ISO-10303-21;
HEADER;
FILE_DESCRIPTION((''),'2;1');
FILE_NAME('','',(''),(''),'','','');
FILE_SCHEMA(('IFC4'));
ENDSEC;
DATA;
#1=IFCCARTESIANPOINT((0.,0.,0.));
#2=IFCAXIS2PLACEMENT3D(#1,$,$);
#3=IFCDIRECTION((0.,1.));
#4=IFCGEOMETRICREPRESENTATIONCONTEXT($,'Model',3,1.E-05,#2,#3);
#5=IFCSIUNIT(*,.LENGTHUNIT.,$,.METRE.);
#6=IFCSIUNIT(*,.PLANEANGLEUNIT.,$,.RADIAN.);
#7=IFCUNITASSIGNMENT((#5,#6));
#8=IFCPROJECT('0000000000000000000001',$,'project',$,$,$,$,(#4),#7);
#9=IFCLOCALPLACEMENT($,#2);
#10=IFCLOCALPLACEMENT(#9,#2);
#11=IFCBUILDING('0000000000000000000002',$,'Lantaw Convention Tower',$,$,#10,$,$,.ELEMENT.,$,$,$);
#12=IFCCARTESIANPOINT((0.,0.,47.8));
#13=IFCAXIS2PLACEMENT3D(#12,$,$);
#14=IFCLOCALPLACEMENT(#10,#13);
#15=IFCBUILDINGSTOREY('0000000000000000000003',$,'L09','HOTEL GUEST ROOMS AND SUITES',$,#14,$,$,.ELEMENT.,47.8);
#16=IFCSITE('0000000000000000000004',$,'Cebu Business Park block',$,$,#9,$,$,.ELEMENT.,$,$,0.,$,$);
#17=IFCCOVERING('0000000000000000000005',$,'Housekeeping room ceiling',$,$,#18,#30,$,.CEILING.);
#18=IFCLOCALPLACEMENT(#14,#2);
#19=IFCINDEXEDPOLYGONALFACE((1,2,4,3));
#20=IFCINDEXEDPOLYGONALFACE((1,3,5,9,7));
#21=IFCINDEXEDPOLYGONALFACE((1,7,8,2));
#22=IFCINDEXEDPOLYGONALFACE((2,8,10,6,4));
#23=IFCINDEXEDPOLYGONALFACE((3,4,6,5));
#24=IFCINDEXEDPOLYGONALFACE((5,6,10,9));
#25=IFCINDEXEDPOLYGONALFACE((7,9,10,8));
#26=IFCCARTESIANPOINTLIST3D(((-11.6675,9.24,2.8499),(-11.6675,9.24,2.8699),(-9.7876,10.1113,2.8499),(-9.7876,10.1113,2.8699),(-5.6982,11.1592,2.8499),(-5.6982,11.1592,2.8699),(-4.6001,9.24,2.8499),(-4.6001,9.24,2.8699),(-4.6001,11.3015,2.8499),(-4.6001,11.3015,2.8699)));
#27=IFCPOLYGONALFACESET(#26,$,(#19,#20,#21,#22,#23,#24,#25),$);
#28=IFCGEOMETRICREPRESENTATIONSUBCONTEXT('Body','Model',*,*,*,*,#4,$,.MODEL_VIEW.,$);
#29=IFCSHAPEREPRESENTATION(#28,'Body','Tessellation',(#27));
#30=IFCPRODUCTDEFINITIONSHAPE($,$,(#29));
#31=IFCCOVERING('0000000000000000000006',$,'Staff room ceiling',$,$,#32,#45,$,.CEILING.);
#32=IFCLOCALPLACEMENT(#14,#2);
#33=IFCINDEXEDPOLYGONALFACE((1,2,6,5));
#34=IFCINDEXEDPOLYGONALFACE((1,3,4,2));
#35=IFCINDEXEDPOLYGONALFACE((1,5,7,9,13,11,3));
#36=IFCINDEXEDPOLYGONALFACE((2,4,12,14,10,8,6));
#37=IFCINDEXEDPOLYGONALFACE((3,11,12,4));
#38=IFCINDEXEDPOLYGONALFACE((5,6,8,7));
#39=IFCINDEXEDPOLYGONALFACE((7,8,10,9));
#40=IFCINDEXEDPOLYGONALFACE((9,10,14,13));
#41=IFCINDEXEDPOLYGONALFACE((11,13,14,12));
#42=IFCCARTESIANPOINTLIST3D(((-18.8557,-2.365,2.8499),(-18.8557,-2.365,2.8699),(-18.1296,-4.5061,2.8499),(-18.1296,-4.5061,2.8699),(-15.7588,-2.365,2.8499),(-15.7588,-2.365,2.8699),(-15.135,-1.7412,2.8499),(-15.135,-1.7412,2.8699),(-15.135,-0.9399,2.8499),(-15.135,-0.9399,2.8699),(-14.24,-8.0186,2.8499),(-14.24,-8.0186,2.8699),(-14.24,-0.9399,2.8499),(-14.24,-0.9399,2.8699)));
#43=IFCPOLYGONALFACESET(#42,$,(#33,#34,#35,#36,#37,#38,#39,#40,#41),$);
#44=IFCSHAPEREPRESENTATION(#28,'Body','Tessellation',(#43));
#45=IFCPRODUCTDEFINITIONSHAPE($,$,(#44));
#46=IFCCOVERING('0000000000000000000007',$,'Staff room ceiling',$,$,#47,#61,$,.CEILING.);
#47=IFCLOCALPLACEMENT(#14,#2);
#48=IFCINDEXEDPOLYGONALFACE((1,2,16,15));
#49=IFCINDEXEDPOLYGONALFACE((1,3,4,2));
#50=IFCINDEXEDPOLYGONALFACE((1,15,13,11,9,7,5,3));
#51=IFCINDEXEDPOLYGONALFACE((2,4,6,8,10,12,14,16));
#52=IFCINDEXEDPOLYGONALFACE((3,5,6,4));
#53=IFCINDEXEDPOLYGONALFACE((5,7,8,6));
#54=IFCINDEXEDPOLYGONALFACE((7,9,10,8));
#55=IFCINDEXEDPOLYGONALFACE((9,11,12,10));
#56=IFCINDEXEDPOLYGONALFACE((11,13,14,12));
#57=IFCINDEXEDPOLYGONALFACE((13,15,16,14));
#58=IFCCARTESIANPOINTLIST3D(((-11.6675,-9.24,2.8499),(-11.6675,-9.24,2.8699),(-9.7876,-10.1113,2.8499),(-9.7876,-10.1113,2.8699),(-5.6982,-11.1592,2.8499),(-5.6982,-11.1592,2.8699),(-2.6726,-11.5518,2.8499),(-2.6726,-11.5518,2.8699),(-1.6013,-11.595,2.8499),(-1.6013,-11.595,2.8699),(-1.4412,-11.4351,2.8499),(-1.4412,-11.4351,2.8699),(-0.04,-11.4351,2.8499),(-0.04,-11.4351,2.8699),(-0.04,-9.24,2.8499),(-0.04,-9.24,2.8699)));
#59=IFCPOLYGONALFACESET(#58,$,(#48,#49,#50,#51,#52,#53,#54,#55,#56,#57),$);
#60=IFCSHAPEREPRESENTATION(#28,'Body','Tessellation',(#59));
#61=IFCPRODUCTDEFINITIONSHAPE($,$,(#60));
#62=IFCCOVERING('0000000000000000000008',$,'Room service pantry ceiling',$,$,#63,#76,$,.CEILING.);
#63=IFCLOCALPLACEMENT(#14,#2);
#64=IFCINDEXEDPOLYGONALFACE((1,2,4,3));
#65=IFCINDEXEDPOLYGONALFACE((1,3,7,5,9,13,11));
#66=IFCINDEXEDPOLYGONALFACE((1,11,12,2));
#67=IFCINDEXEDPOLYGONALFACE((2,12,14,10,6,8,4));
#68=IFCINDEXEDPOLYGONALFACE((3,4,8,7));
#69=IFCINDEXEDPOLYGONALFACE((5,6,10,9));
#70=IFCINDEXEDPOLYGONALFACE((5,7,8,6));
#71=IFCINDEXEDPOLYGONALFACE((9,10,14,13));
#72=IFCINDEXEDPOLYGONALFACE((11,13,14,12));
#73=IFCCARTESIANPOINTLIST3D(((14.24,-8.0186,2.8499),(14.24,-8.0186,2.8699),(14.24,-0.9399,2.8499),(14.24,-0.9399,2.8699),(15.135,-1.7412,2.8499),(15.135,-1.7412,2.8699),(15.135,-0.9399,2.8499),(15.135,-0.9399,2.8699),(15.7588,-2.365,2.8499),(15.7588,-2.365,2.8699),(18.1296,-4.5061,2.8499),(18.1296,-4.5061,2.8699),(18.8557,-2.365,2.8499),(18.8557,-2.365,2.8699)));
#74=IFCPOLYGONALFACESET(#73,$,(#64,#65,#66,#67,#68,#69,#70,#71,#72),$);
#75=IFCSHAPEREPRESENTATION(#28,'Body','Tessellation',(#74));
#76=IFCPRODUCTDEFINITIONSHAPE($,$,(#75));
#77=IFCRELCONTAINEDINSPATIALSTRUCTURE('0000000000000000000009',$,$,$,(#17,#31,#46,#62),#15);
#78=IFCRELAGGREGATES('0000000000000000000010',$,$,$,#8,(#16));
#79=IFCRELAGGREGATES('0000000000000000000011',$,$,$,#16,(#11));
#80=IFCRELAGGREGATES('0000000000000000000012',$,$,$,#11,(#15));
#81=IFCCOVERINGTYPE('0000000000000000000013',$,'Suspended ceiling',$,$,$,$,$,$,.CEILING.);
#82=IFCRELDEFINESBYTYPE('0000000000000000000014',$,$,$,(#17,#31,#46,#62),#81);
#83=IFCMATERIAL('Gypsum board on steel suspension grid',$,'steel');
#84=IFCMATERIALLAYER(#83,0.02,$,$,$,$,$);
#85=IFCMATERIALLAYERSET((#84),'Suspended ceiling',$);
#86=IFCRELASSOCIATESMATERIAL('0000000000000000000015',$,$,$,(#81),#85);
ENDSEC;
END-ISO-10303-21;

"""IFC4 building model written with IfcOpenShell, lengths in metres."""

from ifc_helpers import new_model, si_unit, direction, frame, origin, place, context, subcontext, project, spatial, polyline, outline, extrude, material, layer, layer_set, type_object, element, save


model = new_model("IFC4")

# Units and contexts
model_context = context("Model", 3, precision=1e-05, world=origin(), true_north=direction((0.0, 1.0)))
body_context = subcontext(model_context, "Body", "Model", "MODEL_VIEW")
ifc_project = project(units=[si_unit("LENGTHUNIT", "METRE"), si_unit("PLANEANGLEUNIT", "RADIAN")], contexts=[model_context])

# Site, building, storey
site_placement = place(None, origin())
site = spatial("IfcSite", under=ifc_project, at=site_placement, Name="Cebu Business Park block", CompositionType="ELEMENT", RefElevation=0.0)
building_placement = place(site_placement, origin())
building = spatial("IfcBuilding", under=site, at=building_placement, Name="Lantaw Convention Tower", CompositionType="ELEMENT")
storey_placement = place(building_placement, frame((0.0, 0.0, 47.8)))
storey = spatial("IfcBuildingStorey", under=building, at=storey_placement, Name="L09", Description="HOTEL GUEST ROOMS AND SUITES", CompositionType="ELEMENT", Elevation=47.8)

# Coverings
ifc_material_1 = material(Name="Gypsum board on steel suspension grid", Category="steel")
ifc_layer_1 = layer(ifc_material_1, 0.02)
ifc_layer_set_1 = layer_set([ifc_layer_1], Name="Suspended ceiling")
covering_type = type_object("IfcCoveringType", Name="Suspended ceiling", PredefinedType="CEILING", material=ifc_layer_set_1)
covering_1_placement = place(storey_placement, frame((0.0, 0.0, 2.8499)))
element("IfcCovering", 1, at=covering_1_placement, inside=storey, type_object=covering_type, Name="Housekeeping room ceiling", PredefinedType="CEILING", context=body_context, shape_type="SweptSolid", body=[
    extrude(outline(polyline([(-11.6675, 9.24), (-4.6001, 9.24), (-4.6001, 11.3015), (-5.6982, 11.1592), (-9.7876, 10.1113), (-11.6675, 9.24)])), origin(), (0.0, 0.0, 1.0), 0.02),
])
covering_2_placement = place(storey_placement, frame((0.0, 0.0, 2.8499)))
element("IfcCovering", 2, at=covering_2_placement, inside=storey, type_object=covering_type, Name="Staff room ceiling", PredefinedType="CEILING", context=body_context, shape_type="SweptSolid", body=[
    extrude(outline(polyline([(-14.24, -8.0186), (-14.24, -0.9399), (-15.135, -0.9399), (-15.135, -1.7412), (-15.7588, -2.365), (-18.8557, -2.365), (-18.1296, -4.5061), (-14.24, -8.0186)])), origin(), (0.0, 0.0, 1.0), 0.02),
])
covering_3_placement = place(storey_placement, frame((0.0, 0.0, 2.8499)))
element("IfcCovering", 3, at=covering_3_placement, inside=storey, type_object=covering_type, Name="Staff room ceiling", PredefinedType="CEILING", context=body_context, shape_type="SweptSolid", body=[
    extrude(outline(polyline([(-5.6982, -11.1592), (-2.6726, -11.5518), (-1.6013, -11.595), (-1.4412, -11.4351), (-0.04, -11.4351), (-0.04, -9.24), (-11.6675, -9.24), (-9.7876, -10.1113), (-5.6982, -11.1592)])), origin(), (0.0, 0.0, 1.0), 0.02),
])
covering_4_placement = place(storey_placement, frame((0.0, 0.0, 2.8499)))
element("IfcCovering", 4, at=covering_4_placement, inside=storey, type_object=covering_type, Name="Room service pantry ceiling", PredefinedType="CEILING", context=body_context, shape_type="SweptSolid", body=[
    extrude(outline(polyline([(14.24, -0.9399), (14.24, -8.0186), (18.1296, -4.5061), (18.8557, -2.365), (15.7588, -2.365), (15.135, -1.7412), (15.135, -0.9399), (14.24, -0.9399)])), origin(), (0.0, 0.0, 1.0), 0.02),
])

save(model, "model.ifc")
